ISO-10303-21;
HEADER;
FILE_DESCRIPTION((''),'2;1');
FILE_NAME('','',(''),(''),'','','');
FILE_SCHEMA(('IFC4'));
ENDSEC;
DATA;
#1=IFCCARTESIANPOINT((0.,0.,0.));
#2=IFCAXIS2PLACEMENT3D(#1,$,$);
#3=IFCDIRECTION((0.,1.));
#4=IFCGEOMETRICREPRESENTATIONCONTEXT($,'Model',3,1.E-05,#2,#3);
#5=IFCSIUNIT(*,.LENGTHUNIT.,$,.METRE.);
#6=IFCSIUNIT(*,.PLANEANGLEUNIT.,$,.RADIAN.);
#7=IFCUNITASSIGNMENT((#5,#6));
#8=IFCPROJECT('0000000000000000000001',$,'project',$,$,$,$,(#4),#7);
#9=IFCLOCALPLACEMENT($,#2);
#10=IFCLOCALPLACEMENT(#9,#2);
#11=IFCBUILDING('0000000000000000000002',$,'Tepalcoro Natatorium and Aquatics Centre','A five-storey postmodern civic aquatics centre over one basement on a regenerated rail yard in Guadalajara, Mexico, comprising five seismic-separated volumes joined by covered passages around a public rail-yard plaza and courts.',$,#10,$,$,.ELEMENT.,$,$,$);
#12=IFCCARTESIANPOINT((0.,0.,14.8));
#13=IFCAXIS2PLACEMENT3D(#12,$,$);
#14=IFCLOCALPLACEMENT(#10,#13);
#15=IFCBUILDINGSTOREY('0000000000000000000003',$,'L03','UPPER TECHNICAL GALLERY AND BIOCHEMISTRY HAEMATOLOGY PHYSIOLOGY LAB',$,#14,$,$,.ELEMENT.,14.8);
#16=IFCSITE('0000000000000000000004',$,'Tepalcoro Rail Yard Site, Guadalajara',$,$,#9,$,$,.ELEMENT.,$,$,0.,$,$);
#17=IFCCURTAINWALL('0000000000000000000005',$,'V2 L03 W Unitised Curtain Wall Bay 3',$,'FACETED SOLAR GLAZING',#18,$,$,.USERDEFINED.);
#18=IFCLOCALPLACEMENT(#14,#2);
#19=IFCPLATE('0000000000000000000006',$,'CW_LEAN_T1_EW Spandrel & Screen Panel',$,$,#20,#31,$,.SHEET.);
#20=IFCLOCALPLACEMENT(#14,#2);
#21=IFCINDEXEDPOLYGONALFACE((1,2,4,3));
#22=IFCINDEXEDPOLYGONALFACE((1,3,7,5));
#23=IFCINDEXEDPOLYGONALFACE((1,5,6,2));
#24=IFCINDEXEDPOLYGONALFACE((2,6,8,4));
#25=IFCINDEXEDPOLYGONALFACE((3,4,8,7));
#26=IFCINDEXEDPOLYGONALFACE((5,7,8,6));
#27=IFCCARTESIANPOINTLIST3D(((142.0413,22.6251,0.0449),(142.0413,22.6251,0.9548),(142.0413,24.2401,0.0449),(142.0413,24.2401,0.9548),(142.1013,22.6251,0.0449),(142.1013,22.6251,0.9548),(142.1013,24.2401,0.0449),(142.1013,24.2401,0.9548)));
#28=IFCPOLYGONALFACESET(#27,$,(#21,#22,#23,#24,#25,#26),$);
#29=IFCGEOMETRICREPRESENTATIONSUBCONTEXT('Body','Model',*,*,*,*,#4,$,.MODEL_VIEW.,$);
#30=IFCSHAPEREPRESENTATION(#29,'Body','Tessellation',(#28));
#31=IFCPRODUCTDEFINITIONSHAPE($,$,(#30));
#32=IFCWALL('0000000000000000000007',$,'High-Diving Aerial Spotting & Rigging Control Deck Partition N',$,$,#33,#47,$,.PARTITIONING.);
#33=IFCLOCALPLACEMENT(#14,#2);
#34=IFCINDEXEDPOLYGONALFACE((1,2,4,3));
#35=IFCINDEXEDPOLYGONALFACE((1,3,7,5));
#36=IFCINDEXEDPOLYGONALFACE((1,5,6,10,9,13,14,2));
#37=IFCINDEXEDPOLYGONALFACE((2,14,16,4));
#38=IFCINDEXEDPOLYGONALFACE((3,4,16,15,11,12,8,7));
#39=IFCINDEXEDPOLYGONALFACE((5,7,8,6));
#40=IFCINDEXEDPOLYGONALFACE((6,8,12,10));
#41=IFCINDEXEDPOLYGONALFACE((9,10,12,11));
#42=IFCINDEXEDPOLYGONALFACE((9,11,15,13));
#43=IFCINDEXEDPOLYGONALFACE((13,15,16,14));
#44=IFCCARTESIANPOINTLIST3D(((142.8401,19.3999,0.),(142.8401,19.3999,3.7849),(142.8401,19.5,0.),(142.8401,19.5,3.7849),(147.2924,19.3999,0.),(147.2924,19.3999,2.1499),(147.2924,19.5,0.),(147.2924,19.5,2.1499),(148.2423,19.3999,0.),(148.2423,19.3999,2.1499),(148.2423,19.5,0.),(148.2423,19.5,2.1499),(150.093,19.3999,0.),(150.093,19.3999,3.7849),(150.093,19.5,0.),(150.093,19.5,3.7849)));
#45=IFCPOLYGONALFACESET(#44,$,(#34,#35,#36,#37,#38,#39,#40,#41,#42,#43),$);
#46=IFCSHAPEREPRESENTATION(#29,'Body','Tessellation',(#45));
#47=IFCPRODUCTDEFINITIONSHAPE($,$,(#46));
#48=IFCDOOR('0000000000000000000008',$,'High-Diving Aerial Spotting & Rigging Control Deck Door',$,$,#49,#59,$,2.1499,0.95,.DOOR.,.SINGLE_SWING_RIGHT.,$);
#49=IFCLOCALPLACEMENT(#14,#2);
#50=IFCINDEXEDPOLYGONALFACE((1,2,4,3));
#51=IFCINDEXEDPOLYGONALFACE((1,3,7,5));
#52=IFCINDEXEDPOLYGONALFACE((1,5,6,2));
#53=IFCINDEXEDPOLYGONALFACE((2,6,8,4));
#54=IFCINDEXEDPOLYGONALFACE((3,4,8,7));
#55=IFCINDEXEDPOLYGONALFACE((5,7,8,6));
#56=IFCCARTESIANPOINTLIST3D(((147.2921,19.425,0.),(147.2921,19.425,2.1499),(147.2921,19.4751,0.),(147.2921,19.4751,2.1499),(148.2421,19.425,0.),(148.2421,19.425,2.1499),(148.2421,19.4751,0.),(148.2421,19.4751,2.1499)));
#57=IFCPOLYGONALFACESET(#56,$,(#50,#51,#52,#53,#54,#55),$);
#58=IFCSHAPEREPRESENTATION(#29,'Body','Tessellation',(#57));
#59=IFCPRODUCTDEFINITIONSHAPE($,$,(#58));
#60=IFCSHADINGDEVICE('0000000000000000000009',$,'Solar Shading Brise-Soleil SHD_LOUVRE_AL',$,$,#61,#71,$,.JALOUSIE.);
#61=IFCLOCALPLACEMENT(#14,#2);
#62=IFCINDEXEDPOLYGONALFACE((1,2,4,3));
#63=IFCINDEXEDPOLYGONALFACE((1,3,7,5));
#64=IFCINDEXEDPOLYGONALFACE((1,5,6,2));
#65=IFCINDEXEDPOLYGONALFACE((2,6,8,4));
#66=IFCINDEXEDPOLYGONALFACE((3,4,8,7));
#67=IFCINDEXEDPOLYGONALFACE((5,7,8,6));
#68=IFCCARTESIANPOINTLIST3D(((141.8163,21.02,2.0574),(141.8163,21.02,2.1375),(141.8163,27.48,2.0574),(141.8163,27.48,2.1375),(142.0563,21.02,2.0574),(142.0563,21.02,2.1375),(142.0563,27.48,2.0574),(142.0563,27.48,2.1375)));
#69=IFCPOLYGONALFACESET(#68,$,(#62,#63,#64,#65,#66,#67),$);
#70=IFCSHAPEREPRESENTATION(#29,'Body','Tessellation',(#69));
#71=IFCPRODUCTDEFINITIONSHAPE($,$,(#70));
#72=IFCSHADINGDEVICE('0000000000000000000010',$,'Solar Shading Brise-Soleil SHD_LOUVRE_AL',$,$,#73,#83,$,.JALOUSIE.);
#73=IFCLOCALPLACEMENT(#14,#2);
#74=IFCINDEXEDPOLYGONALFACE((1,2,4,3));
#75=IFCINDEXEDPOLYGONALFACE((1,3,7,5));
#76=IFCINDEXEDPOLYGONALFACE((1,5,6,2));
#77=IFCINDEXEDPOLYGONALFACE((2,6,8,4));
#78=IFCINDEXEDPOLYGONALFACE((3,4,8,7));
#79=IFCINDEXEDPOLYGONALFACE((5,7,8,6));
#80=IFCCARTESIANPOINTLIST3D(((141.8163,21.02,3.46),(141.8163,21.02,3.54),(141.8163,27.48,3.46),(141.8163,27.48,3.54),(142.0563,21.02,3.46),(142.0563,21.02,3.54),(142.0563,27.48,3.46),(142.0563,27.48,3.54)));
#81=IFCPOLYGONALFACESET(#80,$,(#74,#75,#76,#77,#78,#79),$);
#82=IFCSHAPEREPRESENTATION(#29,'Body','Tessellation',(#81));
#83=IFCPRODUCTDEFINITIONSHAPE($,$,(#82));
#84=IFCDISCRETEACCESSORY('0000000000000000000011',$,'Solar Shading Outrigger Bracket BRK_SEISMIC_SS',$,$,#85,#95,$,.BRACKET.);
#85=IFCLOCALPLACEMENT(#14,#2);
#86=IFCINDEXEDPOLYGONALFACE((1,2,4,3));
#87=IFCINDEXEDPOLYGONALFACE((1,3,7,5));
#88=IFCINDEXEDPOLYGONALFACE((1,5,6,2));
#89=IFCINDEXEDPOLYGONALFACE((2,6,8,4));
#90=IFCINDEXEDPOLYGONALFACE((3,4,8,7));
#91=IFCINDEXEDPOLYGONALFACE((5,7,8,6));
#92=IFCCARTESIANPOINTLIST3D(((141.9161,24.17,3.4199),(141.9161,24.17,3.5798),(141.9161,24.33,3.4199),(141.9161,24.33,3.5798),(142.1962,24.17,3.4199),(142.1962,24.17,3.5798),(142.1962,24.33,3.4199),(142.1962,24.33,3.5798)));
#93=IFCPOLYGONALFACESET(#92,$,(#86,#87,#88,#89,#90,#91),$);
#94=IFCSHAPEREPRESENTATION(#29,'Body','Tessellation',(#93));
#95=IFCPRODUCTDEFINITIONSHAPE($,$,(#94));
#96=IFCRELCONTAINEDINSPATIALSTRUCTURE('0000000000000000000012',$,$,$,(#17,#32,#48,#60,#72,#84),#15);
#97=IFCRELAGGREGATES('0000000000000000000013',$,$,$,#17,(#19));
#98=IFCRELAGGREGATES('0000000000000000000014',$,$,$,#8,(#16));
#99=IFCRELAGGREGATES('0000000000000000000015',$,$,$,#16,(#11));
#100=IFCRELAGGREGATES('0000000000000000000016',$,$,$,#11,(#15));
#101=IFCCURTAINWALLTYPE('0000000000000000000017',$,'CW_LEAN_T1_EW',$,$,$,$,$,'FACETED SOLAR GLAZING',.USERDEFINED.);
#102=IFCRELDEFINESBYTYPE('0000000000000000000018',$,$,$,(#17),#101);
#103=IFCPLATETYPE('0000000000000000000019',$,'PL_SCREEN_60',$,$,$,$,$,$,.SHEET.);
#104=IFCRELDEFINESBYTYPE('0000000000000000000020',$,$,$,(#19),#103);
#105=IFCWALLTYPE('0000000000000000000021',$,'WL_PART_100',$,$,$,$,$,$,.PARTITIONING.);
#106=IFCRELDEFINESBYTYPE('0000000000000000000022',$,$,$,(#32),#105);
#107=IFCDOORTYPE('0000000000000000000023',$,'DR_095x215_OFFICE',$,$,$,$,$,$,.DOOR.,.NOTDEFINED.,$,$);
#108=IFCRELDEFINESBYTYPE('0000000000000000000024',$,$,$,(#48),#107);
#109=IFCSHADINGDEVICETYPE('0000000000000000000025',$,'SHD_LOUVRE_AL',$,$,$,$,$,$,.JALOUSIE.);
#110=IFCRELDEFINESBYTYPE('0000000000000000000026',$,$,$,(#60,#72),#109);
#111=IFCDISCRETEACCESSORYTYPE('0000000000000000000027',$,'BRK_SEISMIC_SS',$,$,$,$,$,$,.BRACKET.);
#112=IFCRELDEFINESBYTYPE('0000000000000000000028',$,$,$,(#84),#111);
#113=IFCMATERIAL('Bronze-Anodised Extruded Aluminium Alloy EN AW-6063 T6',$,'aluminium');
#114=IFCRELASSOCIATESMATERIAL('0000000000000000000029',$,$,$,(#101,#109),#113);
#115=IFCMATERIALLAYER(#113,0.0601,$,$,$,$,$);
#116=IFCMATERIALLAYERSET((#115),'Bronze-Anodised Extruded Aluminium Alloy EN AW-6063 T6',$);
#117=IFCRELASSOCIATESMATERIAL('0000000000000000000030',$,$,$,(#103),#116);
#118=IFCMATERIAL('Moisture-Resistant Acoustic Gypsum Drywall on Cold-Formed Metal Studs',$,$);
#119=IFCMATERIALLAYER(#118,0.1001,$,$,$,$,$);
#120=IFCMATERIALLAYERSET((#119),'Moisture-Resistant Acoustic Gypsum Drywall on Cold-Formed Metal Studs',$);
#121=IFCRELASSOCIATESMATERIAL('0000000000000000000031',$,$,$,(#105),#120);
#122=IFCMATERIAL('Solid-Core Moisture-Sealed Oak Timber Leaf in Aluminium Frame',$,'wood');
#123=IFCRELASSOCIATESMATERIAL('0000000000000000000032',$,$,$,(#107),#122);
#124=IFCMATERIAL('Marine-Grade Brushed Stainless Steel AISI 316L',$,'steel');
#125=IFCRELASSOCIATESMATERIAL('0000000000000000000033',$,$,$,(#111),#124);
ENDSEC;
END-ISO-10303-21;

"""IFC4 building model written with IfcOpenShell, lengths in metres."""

from ifc_helpers import new_model, si_unit, direction, frame, frame_2d, origin, origin_2d, place, context, subcontext, project, spatial, rectangle, extrude, material, layer, layer_set, type_object, element, fill, aggregate, save


model = new_model("IFC4")

# Units and contexts
model_context = context("Model", 3, precision=1e-05, world=origin(), true_north=direction((0.0, 1.0)))
body_context = subcontext(model_context, "Body", "Model", "MODEL_VIEW")
ifc_project = project(units=[si_unit("LENGTHUNIT", "METRE"), si_unit("PLANEANGLEUNIT", "RADIAN")], contexts=[model_context])

# Site, building, storey
site_placement = place(None, origin())
site = spatial("IfcSite", under=ifc_project, at=site_placement, Name="Tepalcoro Rail Yard Site, Guadalajara", CompositionType="ELEMENT", RefElevation=0.0)
building_placement = place(site_placement, origin())
building = spatial("IfcBuilding", under=site, at=building_placement, Name="Tepalcoro Natatorium and Aquatics Centre", Description="A five-storey postmodern civic aquatics centre over one basement on a regenerated rail yard in Guadalajara, Mexico, comprising five seismic-separated volumes joined by covered passages around a public rail-yard plaza and courts.", CompositionType="ELEMENT")
storey_placement = place(building_placement, frame((0.0, 0.0, 14.8)))
storey = spatial("IfcBuildingStorey", under=building, at=storey_placement, Name="L03", Description="UPPER TECHNICAL GALLERY AND BIOCHEMISTRY HAEMATOLOGY PHYSIOLOGY LAB", CompositionType="ELEMENT", Elevation=14.8)

# Curtain wall
ifc_material_1 = material(Name="Bronze-Anodised Extruded Aluminium Alloy EN AW-6063 T6", Category="aluminium")
curtain_wall_type_1 = type_object("IfcCurtainWallType", Name="CW_LEAN_T1_EW", ElementType="FACETED SOLAR GLAZING", PredefinedType="USERDEFINED", material=ifc_material_1)
curtain_wall_1_placement = place(storey_placement, origin())
curtain_wall_1 = element("IfcCurtainWall", 1, at=curtain_wall_1_placement, inside=storey, type_object=curtain_wall_type_1, Name="V2 L03 W Unitised Curtain Wall Bay 3", ObjectType="FACETED SOLAR GLAZING", PredefinedType="USERDEFINED")

# Plate
ifc_layer_1 = layer(ifc_material_1, 0.0601)
ifc_layer_set_1 = layer_set([ifc_layer_1], Name="Bronze-Anodised Extruded Aluminium Alloy EN AW-6063 T6")
plate_type_1 = type_object("IfcPlateType", Name="PL_SCREEN_60", PredefinedType="SHEET", material=ifc_layer_set_1)
plate_1_placement = place(storey_placement, frame((142.0713, 23.4326, 0.0449), z_axis=(0.0, 0.0, 1.0), x_axis=(1.0, 0.0, 0.0)))
plate_1 = element("IfcPlate", 2, at=plate_1_placement, type_object=plate_type_1, Name="CW_LEAN_T1_EW Spandrel & Screen Panel", PredefinedType="SHEET", context=body_context, shape_type="SweptSolid", body=[
    extrude(rectangle(XDim=0.0601, YDim=1.615, at=origin_2d()), origin(), (0.0, 0.0, 1.0), 0.9099),
])
aggregate(curtain_wall_1, [plate_1])

# Wall, opening, door
ifc_material_2 = material(Name="Moisture-Resistant Acoustic Gypsum Drywall on Cold-Formed Metal Studs")
ifc_layer_2 = layer(ifc_material_2, 0.1001)
ifc_layer_set_2 = layer_set([ifc_layer_2], Name="Moisture-Resistant Acoustic Gypsum Drywall on Cold-Formed Metal Studs")
wall_type = type_object("IfcWallType", Name="WL_PART_100", PredefinedType="PARTITIONING", material=ifc_layer_set_2)
wall_placement = place(storey_placement, frame((142.8401, 19.45, 0.0), z_axis=(0.0, 0.0, 1.0), x_axis=(1.0, 0.0, 0.0)))
wall = element("IfcWall", 3, at=wall_placement, inside=storey, type_object=wall_type, Name="High-Diving Aerial Spotting & Rigging Control Deck Partition N", PredefinedType="PARTITIONING", context=body_context, shape_type="SweptSolid", body=[
    extrude(rectangle(XDim=7.2529, YDim=0.1001, at=frame_2d((3.6265, 0.0))), origin(), (0.0, 0.0, 1.0), 3.7849),
])
opening_placement = place(wall_placement, frame((4.4521, 0.0, 0.0)))
opening = element("IfcOpeningElement", 4, at=opening_placement, cuts=wall, PredefinedType="OPENING", context=body_context, shape_type="SweptSolid", body=[
    extrude(rectangle(XDim=0.95, YDim=2.1499, at=frame_2d((0.4751, 1.075))), frame((0.0, 0.062, 0.0), z_axis=(0.0, -1.0, 0.0), x_axis=(1.0, 0.0, 0.0)), (0.0, 0.0, 1.0), 0.124),
])
ifc_material_3 = material(Name="Solid-Core Moisture-Sealed Oak Timber Leaf in Aluminium Frame", Category="wood")
door_type = type_object("IfcDoorType", Name="DR_095x215_OFFICE", OperationType="NOTDEFINED", PredefinedType="DOOR", material=ifc_material_3)
door_placement = place(opening_placement, frame((0.95, 0.0, 0.0), z_axis=(0.0, 0.0, 1.0), x_axis=(-1.0, 0.0, 0.0)))
door = element("IfcDoor", 5, at=door_placement, inside=storey, type_object=door_type, Name="High-Diving Aerial Spotting & Rigging Control Deck Door", OperationType="SINGLE_SWING_RIGHT", OverallHeight=2.1499, OverallWidth=0.95, PredefinedType="DOOR", context=body_context, shape_type="SweptSolid", body=[
    extrude(rectangle(XDim=0.95, YDim=2.1499, at=frame_2d((0.4751, 1.075))), frame((0.0, 0.0249, 0.0), z_axis=(0.0, -1.0, 0.0), x_axis=(1.0, 0.0, 0.0)), (0.0, 0.0, 1.0), 0.05),
])
fill(opening, door)

# Shared definitions
ifc_material_4 = material(Name="Marine-Grade Brushed Stainless Steel AISI 316L", Category="steel")

# Shading devices
shading_device_type = type_object("IfcShadingDeviceType", Name="SHD_LOUVRE_AL", PredefinedType="JALOUSIE", material=ifc_material_1)
for number, where, z_axis, x_axis, name in (
    (6, (141.9363, 24.25, 2.0574), (0.0, 0.0, 1.0), (1.0, 0.0, 0.0), "Solar Shading Brise-Soleil SHD_LOUVRE_AL"),
    (7, (141.9363, 24.25, 3.46), (0.0, 0.0, 1.0), (1.0, 0.0, 0.0), "Solar Shading Brise-Soleil SHD_LOUVRE_AL"),
):
    element("IfcShadingDevice", number, at=place(storey_placement, frame(where, z_axis=z_axis, x_axis=x_axis)), inside=storey, type_object=shading_device_type, Name=name, PredefinedType="JALOUSIE", context=body_context, shape_type="SweptSolid", body=[
        extrude(rectangle(XDim=0.24, YDim=6.46, at=origin_2d()), origin(), (0.0, 0.0, 1.0), 0.0801),
    ])

# Discrete accessory
discrete_accessory_type = type_object("IfcDiscreteAccessoryType", Name="BRK_SEISMIC_SS", PredefinedType="BRACKET", material=ifc_material_4)
discrete_accessory_placement = place(storey_placement, frame((142.0562, 24.25, 3.4199), z_axis=(0.0, 0.0, 1.0), x_axis=(1.0, 0.0, 0.0)))
element("IfcDiscreteAccessory", 8, at=discrete_accessory_placement, inside=storey, type_object=discrete_accessory_type, Name="Solar Shading Outrigger Bracket BRK_SEISMIC_SS", PredefinedType="BRACKET", context=body_context, shape_type="SweptSolid", body=[
    extrude(rectangle(XDim=0.28, YDim=0.1599, at=origin_2d()), origin(), (0.0, 0.0, 1.0), 0.1599),
])

save(model, "model.ifc")
